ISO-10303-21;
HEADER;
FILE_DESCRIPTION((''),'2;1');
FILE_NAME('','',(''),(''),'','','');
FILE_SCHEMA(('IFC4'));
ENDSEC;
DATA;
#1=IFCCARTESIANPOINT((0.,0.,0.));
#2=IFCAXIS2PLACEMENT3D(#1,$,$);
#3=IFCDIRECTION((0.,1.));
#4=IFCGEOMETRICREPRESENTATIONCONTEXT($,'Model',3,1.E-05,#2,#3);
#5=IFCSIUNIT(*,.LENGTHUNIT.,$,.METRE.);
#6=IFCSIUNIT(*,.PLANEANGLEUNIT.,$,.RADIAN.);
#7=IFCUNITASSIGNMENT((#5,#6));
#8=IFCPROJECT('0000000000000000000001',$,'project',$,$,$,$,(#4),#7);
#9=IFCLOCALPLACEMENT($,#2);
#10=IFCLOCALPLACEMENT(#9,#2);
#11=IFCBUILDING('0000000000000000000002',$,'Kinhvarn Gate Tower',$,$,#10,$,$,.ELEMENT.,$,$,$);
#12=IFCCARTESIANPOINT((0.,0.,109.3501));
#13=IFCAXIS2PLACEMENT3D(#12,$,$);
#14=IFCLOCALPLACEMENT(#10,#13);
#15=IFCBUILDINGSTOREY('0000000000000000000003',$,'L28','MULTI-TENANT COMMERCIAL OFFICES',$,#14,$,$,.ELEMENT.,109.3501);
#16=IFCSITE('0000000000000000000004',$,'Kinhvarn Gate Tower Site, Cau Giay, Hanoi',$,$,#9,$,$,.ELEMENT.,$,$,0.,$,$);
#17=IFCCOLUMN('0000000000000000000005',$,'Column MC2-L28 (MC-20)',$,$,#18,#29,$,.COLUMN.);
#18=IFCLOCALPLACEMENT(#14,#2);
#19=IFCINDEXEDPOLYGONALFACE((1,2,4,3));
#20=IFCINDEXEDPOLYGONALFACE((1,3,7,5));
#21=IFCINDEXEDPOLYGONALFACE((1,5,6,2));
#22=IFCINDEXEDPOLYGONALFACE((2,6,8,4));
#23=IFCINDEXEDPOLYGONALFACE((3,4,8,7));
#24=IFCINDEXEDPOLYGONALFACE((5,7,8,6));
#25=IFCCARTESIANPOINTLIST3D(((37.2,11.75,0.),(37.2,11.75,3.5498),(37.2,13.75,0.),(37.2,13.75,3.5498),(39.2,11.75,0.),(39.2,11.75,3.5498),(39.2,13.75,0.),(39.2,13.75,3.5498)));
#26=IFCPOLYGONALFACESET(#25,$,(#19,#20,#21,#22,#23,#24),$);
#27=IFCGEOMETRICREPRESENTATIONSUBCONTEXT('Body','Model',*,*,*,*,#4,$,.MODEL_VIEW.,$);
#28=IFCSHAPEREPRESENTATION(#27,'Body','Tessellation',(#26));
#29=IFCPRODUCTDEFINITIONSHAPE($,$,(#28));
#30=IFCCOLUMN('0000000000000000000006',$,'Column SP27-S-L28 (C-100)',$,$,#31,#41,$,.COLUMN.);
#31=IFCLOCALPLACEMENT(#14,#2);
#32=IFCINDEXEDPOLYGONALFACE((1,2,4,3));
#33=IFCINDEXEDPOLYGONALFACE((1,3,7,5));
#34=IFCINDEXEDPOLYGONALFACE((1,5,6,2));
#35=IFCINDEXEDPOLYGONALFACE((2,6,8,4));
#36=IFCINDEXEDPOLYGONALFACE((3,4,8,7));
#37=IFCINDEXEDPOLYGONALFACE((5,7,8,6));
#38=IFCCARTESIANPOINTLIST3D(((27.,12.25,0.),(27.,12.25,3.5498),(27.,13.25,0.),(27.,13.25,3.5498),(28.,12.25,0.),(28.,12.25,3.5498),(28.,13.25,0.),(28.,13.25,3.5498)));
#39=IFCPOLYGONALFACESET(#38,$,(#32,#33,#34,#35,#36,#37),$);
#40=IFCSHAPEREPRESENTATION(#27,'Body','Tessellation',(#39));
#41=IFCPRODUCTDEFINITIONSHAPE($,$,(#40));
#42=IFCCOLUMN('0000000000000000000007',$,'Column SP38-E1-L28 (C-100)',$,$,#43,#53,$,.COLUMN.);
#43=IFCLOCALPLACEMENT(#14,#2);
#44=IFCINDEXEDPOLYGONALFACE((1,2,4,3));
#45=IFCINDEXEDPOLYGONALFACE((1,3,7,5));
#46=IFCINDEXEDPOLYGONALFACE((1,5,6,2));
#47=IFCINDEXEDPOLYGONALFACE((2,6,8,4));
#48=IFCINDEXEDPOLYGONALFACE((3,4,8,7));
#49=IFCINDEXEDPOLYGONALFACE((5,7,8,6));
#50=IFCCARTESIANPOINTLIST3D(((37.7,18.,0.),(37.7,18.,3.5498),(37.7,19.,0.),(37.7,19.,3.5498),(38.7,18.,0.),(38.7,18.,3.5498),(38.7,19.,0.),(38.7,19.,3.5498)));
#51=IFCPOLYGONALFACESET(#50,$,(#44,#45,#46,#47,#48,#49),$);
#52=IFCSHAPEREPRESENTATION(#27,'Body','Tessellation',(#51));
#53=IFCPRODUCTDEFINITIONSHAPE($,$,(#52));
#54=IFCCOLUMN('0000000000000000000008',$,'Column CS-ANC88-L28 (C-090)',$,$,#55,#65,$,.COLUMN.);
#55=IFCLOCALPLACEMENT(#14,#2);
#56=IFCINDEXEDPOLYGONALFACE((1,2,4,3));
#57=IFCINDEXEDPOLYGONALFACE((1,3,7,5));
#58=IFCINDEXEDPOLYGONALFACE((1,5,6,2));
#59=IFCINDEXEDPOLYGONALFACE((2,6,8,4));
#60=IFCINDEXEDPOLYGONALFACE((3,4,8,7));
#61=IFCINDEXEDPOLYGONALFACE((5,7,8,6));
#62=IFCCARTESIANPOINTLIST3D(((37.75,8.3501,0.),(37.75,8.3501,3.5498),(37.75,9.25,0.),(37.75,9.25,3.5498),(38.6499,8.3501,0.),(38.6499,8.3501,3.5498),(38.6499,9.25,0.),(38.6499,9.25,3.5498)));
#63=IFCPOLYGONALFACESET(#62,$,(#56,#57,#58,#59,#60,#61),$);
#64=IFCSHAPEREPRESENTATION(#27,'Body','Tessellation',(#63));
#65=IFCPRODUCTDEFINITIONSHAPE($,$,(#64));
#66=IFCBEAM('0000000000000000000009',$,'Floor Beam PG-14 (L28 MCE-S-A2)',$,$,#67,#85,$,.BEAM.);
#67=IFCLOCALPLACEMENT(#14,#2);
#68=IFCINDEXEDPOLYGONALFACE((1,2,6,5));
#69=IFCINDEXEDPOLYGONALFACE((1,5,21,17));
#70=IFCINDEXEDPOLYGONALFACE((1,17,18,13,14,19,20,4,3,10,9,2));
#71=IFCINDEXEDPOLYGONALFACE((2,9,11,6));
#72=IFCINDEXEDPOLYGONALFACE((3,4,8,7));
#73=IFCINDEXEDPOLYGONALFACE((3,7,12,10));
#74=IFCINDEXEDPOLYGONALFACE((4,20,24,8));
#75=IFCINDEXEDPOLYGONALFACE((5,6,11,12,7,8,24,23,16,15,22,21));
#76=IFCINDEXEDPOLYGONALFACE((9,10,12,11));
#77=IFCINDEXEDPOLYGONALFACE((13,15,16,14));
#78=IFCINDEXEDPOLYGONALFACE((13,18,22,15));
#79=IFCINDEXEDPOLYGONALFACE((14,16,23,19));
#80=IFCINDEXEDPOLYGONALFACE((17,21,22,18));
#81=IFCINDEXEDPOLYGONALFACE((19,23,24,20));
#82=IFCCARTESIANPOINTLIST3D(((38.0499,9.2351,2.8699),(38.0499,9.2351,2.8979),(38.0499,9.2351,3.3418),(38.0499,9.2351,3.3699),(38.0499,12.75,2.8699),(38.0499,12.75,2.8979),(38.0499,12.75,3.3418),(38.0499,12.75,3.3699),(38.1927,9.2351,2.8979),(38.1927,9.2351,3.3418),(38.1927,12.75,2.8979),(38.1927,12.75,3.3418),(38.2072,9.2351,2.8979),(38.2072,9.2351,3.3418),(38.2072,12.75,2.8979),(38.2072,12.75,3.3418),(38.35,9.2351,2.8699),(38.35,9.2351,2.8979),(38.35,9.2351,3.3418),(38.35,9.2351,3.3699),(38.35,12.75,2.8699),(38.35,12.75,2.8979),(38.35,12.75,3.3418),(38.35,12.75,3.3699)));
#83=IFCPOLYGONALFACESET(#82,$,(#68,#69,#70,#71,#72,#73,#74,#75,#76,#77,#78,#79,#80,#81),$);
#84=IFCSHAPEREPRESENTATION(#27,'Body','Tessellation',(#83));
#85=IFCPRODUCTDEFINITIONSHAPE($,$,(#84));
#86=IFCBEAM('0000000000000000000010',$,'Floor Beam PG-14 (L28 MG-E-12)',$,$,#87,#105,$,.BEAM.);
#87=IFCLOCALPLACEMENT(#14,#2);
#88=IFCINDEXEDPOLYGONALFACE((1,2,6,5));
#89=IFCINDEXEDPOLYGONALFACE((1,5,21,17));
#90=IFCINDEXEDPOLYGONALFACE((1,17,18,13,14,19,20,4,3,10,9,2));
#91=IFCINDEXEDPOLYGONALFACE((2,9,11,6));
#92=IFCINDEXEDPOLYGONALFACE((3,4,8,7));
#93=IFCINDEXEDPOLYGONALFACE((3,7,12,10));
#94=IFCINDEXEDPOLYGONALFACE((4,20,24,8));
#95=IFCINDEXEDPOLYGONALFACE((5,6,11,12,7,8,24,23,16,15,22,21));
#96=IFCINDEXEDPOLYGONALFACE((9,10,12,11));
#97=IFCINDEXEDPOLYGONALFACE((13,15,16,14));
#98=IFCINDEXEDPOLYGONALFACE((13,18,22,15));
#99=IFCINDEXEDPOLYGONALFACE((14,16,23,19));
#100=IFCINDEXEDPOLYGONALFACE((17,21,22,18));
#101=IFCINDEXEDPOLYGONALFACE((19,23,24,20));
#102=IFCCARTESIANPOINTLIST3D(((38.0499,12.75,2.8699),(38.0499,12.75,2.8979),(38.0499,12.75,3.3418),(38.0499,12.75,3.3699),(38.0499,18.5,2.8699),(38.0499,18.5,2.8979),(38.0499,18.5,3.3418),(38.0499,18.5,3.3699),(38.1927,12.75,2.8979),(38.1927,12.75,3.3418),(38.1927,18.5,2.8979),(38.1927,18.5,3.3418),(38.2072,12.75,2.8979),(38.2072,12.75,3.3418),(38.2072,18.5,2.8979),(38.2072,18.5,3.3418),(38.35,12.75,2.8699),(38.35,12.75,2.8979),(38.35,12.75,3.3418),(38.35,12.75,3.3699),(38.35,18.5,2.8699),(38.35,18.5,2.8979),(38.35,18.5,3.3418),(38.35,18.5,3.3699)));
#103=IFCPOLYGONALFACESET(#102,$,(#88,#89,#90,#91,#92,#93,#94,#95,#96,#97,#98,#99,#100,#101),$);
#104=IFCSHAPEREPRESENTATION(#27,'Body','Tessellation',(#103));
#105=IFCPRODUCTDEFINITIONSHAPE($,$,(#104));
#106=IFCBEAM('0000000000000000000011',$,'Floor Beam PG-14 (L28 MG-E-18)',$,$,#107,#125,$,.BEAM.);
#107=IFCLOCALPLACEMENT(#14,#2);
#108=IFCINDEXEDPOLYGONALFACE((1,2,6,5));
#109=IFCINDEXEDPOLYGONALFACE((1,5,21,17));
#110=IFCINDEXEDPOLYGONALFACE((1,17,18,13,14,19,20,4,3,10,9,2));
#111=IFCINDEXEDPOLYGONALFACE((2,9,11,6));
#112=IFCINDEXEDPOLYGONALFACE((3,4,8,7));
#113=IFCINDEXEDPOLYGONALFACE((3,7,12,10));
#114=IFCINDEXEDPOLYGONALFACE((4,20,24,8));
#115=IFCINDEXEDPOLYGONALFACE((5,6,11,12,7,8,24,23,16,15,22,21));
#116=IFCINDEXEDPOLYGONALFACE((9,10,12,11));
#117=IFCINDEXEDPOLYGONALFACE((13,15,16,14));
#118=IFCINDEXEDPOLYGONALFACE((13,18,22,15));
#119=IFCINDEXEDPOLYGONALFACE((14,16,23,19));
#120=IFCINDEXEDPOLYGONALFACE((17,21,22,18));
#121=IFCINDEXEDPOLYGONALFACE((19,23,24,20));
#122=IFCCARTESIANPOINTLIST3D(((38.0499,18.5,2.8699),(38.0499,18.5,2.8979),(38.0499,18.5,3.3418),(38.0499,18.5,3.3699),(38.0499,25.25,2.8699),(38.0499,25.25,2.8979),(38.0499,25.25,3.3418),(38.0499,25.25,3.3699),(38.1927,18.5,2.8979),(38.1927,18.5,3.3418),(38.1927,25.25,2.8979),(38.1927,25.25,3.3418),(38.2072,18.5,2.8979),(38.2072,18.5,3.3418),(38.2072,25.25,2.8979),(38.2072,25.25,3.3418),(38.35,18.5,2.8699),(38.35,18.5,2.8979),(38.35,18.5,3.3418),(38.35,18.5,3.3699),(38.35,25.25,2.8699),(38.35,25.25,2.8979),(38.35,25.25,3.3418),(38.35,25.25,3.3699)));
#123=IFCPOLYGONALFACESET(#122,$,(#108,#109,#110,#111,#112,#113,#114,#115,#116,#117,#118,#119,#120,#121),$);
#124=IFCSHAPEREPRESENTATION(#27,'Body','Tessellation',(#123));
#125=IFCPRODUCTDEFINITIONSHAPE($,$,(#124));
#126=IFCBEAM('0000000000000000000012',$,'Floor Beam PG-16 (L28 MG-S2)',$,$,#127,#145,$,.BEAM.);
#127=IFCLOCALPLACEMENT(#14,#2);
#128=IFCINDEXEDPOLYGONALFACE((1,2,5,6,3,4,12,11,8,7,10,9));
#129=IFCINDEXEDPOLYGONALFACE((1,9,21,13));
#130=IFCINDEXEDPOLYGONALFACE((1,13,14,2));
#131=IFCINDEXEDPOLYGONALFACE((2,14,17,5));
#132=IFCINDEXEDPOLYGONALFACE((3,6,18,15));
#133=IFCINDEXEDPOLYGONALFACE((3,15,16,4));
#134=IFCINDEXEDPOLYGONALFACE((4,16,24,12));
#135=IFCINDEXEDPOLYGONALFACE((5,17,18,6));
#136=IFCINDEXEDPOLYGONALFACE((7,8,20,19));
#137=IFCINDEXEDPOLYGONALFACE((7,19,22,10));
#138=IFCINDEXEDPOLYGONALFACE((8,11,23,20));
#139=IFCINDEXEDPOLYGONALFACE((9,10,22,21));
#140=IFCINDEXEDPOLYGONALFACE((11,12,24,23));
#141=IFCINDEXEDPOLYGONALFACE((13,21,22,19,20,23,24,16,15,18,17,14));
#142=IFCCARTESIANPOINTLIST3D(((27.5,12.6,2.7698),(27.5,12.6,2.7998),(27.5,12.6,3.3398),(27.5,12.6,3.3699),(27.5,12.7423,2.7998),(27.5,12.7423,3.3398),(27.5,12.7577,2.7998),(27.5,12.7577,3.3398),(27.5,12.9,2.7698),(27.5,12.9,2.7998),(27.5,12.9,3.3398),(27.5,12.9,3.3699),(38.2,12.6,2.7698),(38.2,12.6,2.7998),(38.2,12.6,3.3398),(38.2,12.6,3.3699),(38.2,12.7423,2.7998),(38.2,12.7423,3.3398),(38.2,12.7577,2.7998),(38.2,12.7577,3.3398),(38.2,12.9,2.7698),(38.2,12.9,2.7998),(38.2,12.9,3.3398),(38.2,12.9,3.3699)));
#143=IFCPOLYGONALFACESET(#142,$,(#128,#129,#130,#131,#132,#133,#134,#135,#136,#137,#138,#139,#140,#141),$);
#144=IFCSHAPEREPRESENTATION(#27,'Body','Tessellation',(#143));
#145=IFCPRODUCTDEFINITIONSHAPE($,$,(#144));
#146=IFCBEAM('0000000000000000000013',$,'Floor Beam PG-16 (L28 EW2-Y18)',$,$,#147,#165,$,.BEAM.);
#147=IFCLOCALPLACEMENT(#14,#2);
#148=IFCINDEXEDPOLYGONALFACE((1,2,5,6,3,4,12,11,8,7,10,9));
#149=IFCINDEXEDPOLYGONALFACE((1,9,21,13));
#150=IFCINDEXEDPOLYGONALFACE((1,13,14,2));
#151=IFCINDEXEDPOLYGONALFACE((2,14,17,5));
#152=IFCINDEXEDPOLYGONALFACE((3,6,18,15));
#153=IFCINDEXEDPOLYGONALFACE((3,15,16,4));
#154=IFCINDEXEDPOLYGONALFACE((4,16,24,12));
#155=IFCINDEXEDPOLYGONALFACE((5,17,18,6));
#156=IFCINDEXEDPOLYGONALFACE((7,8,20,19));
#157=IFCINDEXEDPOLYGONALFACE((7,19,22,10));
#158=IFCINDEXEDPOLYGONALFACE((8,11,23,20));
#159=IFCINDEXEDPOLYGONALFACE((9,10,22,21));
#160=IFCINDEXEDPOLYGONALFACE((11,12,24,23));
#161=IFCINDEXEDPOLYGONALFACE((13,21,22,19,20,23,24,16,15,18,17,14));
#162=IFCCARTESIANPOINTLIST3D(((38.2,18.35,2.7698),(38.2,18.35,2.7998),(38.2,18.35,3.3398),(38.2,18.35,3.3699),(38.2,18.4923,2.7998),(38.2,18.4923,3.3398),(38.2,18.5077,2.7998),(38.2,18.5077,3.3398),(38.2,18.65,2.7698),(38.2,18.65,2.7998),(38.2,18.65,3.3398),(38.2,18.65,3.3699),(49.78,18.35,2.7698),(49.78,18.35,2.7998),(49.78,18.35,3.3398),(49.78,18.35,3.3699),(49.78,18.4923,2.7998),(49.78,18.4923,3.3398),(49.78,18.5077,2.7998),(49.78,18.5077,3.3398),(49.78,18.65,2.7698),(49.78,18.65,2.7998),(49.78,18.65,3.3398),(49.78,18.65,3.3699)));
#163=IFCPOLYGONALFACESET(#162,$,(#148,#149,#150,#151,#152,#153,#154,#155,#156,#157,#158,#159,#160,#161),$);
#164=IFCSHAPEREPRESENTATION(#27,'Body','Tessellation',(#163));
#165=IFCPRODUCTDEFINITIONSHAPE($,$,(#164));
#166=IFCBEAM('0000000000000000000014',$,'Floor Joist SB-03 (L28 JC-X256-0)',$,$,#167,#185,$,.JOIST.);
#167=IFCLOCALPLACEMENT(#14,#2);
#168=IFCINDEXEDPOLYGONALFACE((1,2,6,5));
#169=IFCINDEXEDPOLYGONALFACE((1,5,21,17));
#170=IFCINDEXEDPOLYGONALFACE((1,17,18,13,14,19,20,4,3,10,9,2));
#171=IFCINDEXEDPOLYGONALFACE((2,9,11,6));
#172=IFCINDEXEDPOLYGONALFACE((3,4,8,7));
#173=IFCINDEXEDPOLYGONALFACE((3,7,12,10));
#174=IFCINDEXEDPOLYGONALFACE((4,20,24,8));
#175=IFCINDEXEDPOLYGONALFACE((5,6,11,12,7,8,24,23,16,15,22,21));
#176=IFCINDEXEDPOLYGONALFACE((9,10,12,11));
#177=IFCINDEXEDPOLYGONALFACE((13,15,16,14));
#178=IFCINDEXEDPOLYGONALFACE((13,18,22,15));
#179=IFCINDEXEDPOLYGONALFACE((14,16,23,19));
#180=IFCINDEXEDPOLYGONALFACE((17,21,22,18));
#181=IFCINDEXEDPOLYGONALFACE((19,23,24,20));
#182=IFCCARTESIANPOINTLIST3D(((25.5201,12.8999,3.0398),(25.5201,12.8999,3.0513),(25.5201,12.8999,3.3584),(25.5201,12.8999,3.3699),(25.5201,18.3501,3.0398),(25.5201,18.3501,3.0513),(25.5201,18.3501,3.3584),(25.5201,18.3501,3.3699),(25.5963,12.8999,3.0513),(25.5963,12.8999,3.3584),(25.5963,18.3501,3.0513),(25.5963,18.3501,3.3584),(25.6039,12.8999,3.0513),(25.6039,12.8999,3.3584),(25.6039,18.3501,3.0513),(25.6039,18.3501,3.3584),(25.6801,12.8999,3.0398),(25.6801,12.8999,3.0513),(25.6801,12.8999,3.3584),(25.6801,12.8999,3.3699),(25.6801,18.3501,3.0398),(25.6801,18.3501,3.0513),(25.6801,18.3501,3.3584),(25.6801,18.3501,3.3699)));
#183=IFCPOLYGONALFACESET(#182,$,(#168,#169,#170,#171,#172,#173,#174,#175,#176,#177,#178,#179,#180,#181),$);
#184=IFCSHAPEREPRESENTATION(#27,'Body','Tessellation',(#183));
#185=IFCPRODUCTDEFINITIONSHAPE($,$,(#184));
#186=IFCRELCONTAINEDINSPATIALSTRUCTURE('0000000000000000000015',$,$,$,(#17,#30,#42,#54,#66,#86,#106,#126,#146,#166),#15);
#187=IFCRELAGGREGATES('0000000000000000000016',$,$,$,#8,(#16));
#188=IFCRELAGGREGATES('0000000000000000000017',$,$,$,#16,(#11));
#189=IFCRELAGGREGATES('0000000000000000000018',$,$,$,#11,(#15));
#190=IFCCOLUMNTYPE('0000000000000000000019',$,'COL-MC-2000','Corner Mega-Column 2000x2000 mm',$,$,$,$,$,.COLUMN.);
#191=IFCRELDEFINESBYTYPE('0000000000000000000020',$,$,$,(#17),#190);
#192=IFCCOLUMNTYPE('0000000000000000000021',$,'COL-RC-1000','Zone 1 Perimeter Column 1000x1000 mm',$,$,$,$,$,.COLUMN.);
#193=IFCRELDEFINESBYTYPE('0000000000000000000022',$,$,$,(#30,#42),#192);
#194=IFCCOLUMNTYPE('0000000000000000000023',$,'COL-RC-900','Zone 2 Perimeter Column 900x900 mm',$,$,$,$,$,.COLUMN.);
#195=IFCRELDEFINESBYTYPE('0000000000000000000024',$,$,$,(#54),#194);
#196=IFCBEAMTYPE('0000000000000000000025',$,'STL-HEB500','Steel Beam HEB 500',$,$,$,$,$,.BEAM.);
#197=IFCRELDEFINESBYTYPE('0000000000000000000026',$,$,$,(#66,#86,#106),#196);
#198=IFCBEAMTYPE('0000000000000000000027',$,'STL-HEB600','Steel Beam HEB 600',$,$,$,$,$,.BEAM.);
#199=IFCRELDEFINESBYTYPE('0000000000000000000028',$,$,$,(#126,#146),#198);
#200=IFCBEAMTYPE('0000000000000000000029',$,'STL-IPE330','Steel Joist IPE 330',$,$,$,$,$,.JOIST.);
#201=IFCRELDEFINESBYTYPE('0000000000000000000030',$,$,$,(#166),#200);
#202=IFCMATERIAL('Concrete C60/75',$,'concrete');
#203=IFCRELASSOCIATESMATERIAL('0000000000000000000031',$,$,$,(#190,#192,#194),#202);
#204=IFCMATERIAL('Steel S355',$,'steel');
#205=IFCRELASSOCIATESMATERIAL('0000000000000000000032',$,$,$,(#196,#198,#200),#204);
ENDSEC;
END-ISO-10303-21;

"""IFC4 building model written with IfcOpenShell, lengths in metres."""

from ifc_helpers import new_model, si_unit, direction, frame, origin, origin_2d, place, context, subcontext, project, spatial, rectangle, i_section, extrude, material, material_profile, profile_set, type_object, element, save


model = new_model("IFC4")

# Units and contexts
model_context = context("Model", 3, precision=1e-05, world=origin(), true_north=direction((0.0, 1.0)))
body_context = subcontext(model_context, "Body", "Model", "MODEL_VIEW")
ifc_project = project(units=[si_unit("LENGTHUNIT", "METRE"), si_unit("PLANEANGLEUNIT", "RADIAN")], contexts=[model_context])

# Site, building, storey
site_placement = place(None, origin())
site = spatial("IfcSite", under=ifc_project, at=site_placement, Name="Kinhvarn Gate Tower Site, Cau Giay, Hanoi", CompositionType="ELEMENT", RefElevation=0.0)
building_placement = place(site_placement, origin())
building = spatial("IfcBuilding", under=site, at=building_placement, Name="Kinhvarn Gate Tower", CompositionType="ELEMENT")
storey_placement = place(building_placement, frame((0.0, 0.0, 109.3501)))
storey = spatial("IfcBuildingStorey", under=building, at=storey_placement, Name="L28", Description="MULTI-TENANT COMMERCIAL OFFICES", CompositionType="ELEMENT", Elevation=109.3501)

# Columns
ifc_material_1 = material(Name="Concrete C60/75", Category="concrete")
ifc_material_profile_1 = material_profile(ifc_material_1, rectangle(XDim=2.0, YDim=2.0, at=origin_2d()), Name="RC 2000x2000")
ifc_profile_set_1 = profile_set([ifc_material_profile_1], Name="Concrete C60/75")
column_type_1 = type_object("IfcColumnType", Name="COL-MC-2000", Description="Corner Mega-Column 2000x2000 mm", PredefinedType="COLUMN", material=ifc_profile_set_1)
column_1_placement = place(storey_placement, frame((38.2, 12.75, 0.0), z_axis=(0.0, 0.0, 1.0), x_axis=(1.0, 0.0, 0.0)))
element("IfcColumn", 1, at=column_1_placement, inside=storey, type_object=column_type_1, Name="Column MC2-L28 (MC-20)", PredefinedType="COLUMN", context=body_context, shape_type="SweptSolid", body=[
    extrude(rectangle(XDim=2.0, YDim=2.0, at=origin_2d()), origin(), (0.0, 0.0, 1.0), 3.5498),
])
ifc_material_profile_2 = material_profile(ifc_material_1, rectangle(XDim=1.0, YDim=1.0, at=origin_2d()), Name="RC 1000x1000")
ifc_profile_set_2 = profile_set([ifc_material_profile_2], Name="Concrete C60/75")
column_type_2 = type_object("IfcColumnType", Name="COL-RC-1000", Description="Zone 1 Perimeter Column 1000x1000 mm", PredefinedType="COLUMN", material=ifc_profile_set_2)
for number, where, z_axis, x_axis, name in (
    (2, (27.5, 12.75, 0.0), (0.0, 0.0, 1.0), (1.0, 0.0, 0.0), "Column SP27-S-L28 (C-100)"),
    (3, (38.2, 18.5, 0.0), (0.0, 0.0, 1.0), (1.0, 0.0, 0.0), "Column SP38-E1-L28 (C-100)"),
):
    element("IfcColumn", number, at=place(storey_placement, frame(where, z_axis=z_axis, x_axis=x_axis)), inside=storey, type_object=column_type_2, Name=name, PredefinedType="COLUMN", context=body_context, shape_type="SweptSolid", body=[
        extrude(rectangle(XDim=1.0, YDim=1.0, at=origin_2d()), origin(), (0.0, 0.0, 1.0), 3.5498),
    ])
ifc_material_profile_3 = material_profile(ifc_material_1, rectangle(XDim=0.8999, YDim=0.8999, at=origin_2d()), Name="RC 900x900")
ifc_profile_set_3 = profile_set([ifc_material_profile_3], Name="Concrete C60/75")
column_type_3 = type_object("IfcColumnType", Name="COL-RC-900", Description="Zone 2 Perimeter Column 900x900 mm", PredefinedType="COLUMN", material=ifc_profile_set_3)
column_2_placement = place(storey_placement, frame((38.2, 8.8, 0.0), z_axis=(0.0, 0.0, 1.0), x_axis=(1.0, 0.0, 0.0)))
element("IfcColumn", 4, at=column_2_placement, inside=storey, type_object=column_type_3, Name="Column CS-ANC88-L28 (C-090)", PredefinedType="COLUMN", context=body_context, shape_type="SweptSolid", body=[
    extrude(rectangle(XDim=0.8999, YDim=0.8999, at=origin_2d()), origin(), (0.0, 0.0, 1.0), 3.5498),
])

# Beams
ifc_material_2 = material(Name="Steel S355", Category="steel")
ifc_material_profile_4 = material_profile(ifc_material_2, i_section(OverallWidth=0.3, OverallDepth=0.5, WebThickness=0.0144, FlangeThickness=0.0281, at=origin_2d()), Name="HEB 500")
ifc_profile_set_4 = profile_set([ifc_material_profile_4], Name="Steel S355")
beam_type_1 = type_object("IfcBeamType", Name="STL-HEB500", Description="Steel Beam HEB 500", PredefinedType="BEAM", material=ifc_profile_set_4)
beam_1_placement = place(storey_placement, frame((38.2, 9.2351, 3.1199), z_axis=(0.0, 1.0, 0.0), x_axis=(-1.0, 0.0, 0.0)))
element("IfcBeam", 5, at=beam_1_placement, inside=storey, type_object=beam_type_1, Name="Floor Beam PG-14 (L28 MCE-S-A2)", PredefinedType="BEAM", context=body_context, shape_type="SweptSolid", body=[
    extrude(i_section(OverallWidth=0.3, OverallDepth=0.5, WebThickness=0.0144, FlangeThickness=0.0281, at=origin_2d()), origin(), (0.0, 0.0, 1.0), 3.5149),
])
beam_2_placement = place(storey_placement, frame((38.2, 12.75, 3.1199), z_axis=(0.0, 1.0, 0.0), x_axis=(-1.0, 0.0, 0.0)))
element("IfcBeam", 6, at=beam_2_placement, inside=storey, type_object=beam_type_1, Name="Floor Beam PG-14 (L28 MG-E-12)", PredefinedType="BEAM", context=body_context, shape_type="SweptSolid", body=[
    extrude(i_section(OverallWidth=0.3, OverallDepth=0.5, WebThickness=0.0144, FlangeThickness=0.0281, at=origin_2d()), origin(), (0.0, 0.0, 1.0), 5.75),
])
beam_3_placement = place(storey_placement, frame((38.2, 18.5, 3.1199), z_axis=(0.0, 1.0, 0.0), x_axis=(-1.0, 0.0, 0.0)))
element("IfcBeam", 7, at=beam_3_placement, inside=storey, type_object=beam_type_1, Name="Floor Beam PG-14 (L28 MG-E-18)", PredefinedType="BEAM", context=body_context, shape_type="SweptSolid", body=[
    extrude(i_section(OverallWidth=0.3, OverallDepth=0.5, WebThickness=0.0144, FlangeThickness=0.0281, at=origin_2d()), origin(), (0.0, 0.0, 1.0), 6.75),
])
ifc_material_profile_5 = material_profile(ifc_material_2, i_section(OverallWidth=0.3, OverallDepth=0.6001, WebThickness=0.0154, FlangeThickness=0.03, at=origin_2d()), Name="HEB 600")
ifc_profile_set_5 = profile_set([ifc_material_profile_5], Name="Steel S355")
beam_type_2 = type_object("IfcBeamType", Name="STL-HEB600", Description="Steel Beam HEB 600", PredefinedType="BEAM", material=ifc_profile_set_5)
beam_4_placement = place(storey_placement, frame((27.5, 12.75, 3.0698), z_axis=(1.0, 0.0, 0.0), x_axis=(0.0, 1.0, 0.0)))
element("IfcBeam", 8, at=beam_4_placement, inside=storey, type_object=beam_type_2, Name="Floor Beam PG-16 (L28 MG-S2)", PredefinedType="BEAM", context=body_context, shape_type="SweptSolid", body=[
    extrude(i_section(OverallWidth=0.3, OverallDepth=0.6001, WebThickness=0.0154, FlangeThickness=0.03, at=origin_2d()), origin(), (0.0, 0.0, 1.0), 10.7),
])
beam_5_placement = place(storey_placement, frame((38.2, 18.5, 3.0698), z_axis=(1.0, 0.0, 0.0), x_axis=(0.0, 1.0, 0.0)))
element("IfcBeam", 9, at=beam_5_placement, inside=storey, type_object=beam_type_2, Name="Floor Beam PG-16 (L28 EW2-Y18)", PredefinedType="BEAM", context=body_context, shape_type="SweptSolid", body=[
    extrude(i_section(OverallWidth=0.3, OverallDepth=0.6001, WebThickness=0.0154, FlangeThickness=0.03, at=origin_2d()), origin(), (0.0, 0.0, 1.0), 11.5801),
])
ifc_material_profile_6 = material_profile(ifc_material_2, i_section(OverallWidth=0.1599, OverallDepth=0.3301, WebThickness=0.0076, FlangeThickness=0.0115, at=origin_2d()), Name="IPE 330")
ifc_profile_set_6 = profile_set([ifc_material_profile_6], Name="Steel S355")
beam_type_3 = type_object("IfcBeamType", Name="STL-IPE330", Description="Steel Joist IPE 330", PredefinedType="JOIST", material=ifc_profile_set_6)
beam_6_placement = place(storey_placement, frame((25.6001, 12.8999, 3.2048), z_axis=(0.0, 1.0, 0.0), x_axis=(-1.0, 0.0, 0.0)))
element("IfcBeam", 10, at=beam_6_placement, inside=storey, type_object=beam_type_3, Name="Floor Joist SB-03 (L28 JC-X256-0)", PredefinedType="JOIST", context=body_context, shape_type="SweptSolid", body=[
    extrude(i_section(OverallWidth=0.1599, OverallDepth=0.3301, WebThickness=0.0076, FlangeThickness=0.0115, at=origin_2d()), origin(), (0.0, 0.0, 1.0), 5.4502),
])

save(model, "model.ifc")
